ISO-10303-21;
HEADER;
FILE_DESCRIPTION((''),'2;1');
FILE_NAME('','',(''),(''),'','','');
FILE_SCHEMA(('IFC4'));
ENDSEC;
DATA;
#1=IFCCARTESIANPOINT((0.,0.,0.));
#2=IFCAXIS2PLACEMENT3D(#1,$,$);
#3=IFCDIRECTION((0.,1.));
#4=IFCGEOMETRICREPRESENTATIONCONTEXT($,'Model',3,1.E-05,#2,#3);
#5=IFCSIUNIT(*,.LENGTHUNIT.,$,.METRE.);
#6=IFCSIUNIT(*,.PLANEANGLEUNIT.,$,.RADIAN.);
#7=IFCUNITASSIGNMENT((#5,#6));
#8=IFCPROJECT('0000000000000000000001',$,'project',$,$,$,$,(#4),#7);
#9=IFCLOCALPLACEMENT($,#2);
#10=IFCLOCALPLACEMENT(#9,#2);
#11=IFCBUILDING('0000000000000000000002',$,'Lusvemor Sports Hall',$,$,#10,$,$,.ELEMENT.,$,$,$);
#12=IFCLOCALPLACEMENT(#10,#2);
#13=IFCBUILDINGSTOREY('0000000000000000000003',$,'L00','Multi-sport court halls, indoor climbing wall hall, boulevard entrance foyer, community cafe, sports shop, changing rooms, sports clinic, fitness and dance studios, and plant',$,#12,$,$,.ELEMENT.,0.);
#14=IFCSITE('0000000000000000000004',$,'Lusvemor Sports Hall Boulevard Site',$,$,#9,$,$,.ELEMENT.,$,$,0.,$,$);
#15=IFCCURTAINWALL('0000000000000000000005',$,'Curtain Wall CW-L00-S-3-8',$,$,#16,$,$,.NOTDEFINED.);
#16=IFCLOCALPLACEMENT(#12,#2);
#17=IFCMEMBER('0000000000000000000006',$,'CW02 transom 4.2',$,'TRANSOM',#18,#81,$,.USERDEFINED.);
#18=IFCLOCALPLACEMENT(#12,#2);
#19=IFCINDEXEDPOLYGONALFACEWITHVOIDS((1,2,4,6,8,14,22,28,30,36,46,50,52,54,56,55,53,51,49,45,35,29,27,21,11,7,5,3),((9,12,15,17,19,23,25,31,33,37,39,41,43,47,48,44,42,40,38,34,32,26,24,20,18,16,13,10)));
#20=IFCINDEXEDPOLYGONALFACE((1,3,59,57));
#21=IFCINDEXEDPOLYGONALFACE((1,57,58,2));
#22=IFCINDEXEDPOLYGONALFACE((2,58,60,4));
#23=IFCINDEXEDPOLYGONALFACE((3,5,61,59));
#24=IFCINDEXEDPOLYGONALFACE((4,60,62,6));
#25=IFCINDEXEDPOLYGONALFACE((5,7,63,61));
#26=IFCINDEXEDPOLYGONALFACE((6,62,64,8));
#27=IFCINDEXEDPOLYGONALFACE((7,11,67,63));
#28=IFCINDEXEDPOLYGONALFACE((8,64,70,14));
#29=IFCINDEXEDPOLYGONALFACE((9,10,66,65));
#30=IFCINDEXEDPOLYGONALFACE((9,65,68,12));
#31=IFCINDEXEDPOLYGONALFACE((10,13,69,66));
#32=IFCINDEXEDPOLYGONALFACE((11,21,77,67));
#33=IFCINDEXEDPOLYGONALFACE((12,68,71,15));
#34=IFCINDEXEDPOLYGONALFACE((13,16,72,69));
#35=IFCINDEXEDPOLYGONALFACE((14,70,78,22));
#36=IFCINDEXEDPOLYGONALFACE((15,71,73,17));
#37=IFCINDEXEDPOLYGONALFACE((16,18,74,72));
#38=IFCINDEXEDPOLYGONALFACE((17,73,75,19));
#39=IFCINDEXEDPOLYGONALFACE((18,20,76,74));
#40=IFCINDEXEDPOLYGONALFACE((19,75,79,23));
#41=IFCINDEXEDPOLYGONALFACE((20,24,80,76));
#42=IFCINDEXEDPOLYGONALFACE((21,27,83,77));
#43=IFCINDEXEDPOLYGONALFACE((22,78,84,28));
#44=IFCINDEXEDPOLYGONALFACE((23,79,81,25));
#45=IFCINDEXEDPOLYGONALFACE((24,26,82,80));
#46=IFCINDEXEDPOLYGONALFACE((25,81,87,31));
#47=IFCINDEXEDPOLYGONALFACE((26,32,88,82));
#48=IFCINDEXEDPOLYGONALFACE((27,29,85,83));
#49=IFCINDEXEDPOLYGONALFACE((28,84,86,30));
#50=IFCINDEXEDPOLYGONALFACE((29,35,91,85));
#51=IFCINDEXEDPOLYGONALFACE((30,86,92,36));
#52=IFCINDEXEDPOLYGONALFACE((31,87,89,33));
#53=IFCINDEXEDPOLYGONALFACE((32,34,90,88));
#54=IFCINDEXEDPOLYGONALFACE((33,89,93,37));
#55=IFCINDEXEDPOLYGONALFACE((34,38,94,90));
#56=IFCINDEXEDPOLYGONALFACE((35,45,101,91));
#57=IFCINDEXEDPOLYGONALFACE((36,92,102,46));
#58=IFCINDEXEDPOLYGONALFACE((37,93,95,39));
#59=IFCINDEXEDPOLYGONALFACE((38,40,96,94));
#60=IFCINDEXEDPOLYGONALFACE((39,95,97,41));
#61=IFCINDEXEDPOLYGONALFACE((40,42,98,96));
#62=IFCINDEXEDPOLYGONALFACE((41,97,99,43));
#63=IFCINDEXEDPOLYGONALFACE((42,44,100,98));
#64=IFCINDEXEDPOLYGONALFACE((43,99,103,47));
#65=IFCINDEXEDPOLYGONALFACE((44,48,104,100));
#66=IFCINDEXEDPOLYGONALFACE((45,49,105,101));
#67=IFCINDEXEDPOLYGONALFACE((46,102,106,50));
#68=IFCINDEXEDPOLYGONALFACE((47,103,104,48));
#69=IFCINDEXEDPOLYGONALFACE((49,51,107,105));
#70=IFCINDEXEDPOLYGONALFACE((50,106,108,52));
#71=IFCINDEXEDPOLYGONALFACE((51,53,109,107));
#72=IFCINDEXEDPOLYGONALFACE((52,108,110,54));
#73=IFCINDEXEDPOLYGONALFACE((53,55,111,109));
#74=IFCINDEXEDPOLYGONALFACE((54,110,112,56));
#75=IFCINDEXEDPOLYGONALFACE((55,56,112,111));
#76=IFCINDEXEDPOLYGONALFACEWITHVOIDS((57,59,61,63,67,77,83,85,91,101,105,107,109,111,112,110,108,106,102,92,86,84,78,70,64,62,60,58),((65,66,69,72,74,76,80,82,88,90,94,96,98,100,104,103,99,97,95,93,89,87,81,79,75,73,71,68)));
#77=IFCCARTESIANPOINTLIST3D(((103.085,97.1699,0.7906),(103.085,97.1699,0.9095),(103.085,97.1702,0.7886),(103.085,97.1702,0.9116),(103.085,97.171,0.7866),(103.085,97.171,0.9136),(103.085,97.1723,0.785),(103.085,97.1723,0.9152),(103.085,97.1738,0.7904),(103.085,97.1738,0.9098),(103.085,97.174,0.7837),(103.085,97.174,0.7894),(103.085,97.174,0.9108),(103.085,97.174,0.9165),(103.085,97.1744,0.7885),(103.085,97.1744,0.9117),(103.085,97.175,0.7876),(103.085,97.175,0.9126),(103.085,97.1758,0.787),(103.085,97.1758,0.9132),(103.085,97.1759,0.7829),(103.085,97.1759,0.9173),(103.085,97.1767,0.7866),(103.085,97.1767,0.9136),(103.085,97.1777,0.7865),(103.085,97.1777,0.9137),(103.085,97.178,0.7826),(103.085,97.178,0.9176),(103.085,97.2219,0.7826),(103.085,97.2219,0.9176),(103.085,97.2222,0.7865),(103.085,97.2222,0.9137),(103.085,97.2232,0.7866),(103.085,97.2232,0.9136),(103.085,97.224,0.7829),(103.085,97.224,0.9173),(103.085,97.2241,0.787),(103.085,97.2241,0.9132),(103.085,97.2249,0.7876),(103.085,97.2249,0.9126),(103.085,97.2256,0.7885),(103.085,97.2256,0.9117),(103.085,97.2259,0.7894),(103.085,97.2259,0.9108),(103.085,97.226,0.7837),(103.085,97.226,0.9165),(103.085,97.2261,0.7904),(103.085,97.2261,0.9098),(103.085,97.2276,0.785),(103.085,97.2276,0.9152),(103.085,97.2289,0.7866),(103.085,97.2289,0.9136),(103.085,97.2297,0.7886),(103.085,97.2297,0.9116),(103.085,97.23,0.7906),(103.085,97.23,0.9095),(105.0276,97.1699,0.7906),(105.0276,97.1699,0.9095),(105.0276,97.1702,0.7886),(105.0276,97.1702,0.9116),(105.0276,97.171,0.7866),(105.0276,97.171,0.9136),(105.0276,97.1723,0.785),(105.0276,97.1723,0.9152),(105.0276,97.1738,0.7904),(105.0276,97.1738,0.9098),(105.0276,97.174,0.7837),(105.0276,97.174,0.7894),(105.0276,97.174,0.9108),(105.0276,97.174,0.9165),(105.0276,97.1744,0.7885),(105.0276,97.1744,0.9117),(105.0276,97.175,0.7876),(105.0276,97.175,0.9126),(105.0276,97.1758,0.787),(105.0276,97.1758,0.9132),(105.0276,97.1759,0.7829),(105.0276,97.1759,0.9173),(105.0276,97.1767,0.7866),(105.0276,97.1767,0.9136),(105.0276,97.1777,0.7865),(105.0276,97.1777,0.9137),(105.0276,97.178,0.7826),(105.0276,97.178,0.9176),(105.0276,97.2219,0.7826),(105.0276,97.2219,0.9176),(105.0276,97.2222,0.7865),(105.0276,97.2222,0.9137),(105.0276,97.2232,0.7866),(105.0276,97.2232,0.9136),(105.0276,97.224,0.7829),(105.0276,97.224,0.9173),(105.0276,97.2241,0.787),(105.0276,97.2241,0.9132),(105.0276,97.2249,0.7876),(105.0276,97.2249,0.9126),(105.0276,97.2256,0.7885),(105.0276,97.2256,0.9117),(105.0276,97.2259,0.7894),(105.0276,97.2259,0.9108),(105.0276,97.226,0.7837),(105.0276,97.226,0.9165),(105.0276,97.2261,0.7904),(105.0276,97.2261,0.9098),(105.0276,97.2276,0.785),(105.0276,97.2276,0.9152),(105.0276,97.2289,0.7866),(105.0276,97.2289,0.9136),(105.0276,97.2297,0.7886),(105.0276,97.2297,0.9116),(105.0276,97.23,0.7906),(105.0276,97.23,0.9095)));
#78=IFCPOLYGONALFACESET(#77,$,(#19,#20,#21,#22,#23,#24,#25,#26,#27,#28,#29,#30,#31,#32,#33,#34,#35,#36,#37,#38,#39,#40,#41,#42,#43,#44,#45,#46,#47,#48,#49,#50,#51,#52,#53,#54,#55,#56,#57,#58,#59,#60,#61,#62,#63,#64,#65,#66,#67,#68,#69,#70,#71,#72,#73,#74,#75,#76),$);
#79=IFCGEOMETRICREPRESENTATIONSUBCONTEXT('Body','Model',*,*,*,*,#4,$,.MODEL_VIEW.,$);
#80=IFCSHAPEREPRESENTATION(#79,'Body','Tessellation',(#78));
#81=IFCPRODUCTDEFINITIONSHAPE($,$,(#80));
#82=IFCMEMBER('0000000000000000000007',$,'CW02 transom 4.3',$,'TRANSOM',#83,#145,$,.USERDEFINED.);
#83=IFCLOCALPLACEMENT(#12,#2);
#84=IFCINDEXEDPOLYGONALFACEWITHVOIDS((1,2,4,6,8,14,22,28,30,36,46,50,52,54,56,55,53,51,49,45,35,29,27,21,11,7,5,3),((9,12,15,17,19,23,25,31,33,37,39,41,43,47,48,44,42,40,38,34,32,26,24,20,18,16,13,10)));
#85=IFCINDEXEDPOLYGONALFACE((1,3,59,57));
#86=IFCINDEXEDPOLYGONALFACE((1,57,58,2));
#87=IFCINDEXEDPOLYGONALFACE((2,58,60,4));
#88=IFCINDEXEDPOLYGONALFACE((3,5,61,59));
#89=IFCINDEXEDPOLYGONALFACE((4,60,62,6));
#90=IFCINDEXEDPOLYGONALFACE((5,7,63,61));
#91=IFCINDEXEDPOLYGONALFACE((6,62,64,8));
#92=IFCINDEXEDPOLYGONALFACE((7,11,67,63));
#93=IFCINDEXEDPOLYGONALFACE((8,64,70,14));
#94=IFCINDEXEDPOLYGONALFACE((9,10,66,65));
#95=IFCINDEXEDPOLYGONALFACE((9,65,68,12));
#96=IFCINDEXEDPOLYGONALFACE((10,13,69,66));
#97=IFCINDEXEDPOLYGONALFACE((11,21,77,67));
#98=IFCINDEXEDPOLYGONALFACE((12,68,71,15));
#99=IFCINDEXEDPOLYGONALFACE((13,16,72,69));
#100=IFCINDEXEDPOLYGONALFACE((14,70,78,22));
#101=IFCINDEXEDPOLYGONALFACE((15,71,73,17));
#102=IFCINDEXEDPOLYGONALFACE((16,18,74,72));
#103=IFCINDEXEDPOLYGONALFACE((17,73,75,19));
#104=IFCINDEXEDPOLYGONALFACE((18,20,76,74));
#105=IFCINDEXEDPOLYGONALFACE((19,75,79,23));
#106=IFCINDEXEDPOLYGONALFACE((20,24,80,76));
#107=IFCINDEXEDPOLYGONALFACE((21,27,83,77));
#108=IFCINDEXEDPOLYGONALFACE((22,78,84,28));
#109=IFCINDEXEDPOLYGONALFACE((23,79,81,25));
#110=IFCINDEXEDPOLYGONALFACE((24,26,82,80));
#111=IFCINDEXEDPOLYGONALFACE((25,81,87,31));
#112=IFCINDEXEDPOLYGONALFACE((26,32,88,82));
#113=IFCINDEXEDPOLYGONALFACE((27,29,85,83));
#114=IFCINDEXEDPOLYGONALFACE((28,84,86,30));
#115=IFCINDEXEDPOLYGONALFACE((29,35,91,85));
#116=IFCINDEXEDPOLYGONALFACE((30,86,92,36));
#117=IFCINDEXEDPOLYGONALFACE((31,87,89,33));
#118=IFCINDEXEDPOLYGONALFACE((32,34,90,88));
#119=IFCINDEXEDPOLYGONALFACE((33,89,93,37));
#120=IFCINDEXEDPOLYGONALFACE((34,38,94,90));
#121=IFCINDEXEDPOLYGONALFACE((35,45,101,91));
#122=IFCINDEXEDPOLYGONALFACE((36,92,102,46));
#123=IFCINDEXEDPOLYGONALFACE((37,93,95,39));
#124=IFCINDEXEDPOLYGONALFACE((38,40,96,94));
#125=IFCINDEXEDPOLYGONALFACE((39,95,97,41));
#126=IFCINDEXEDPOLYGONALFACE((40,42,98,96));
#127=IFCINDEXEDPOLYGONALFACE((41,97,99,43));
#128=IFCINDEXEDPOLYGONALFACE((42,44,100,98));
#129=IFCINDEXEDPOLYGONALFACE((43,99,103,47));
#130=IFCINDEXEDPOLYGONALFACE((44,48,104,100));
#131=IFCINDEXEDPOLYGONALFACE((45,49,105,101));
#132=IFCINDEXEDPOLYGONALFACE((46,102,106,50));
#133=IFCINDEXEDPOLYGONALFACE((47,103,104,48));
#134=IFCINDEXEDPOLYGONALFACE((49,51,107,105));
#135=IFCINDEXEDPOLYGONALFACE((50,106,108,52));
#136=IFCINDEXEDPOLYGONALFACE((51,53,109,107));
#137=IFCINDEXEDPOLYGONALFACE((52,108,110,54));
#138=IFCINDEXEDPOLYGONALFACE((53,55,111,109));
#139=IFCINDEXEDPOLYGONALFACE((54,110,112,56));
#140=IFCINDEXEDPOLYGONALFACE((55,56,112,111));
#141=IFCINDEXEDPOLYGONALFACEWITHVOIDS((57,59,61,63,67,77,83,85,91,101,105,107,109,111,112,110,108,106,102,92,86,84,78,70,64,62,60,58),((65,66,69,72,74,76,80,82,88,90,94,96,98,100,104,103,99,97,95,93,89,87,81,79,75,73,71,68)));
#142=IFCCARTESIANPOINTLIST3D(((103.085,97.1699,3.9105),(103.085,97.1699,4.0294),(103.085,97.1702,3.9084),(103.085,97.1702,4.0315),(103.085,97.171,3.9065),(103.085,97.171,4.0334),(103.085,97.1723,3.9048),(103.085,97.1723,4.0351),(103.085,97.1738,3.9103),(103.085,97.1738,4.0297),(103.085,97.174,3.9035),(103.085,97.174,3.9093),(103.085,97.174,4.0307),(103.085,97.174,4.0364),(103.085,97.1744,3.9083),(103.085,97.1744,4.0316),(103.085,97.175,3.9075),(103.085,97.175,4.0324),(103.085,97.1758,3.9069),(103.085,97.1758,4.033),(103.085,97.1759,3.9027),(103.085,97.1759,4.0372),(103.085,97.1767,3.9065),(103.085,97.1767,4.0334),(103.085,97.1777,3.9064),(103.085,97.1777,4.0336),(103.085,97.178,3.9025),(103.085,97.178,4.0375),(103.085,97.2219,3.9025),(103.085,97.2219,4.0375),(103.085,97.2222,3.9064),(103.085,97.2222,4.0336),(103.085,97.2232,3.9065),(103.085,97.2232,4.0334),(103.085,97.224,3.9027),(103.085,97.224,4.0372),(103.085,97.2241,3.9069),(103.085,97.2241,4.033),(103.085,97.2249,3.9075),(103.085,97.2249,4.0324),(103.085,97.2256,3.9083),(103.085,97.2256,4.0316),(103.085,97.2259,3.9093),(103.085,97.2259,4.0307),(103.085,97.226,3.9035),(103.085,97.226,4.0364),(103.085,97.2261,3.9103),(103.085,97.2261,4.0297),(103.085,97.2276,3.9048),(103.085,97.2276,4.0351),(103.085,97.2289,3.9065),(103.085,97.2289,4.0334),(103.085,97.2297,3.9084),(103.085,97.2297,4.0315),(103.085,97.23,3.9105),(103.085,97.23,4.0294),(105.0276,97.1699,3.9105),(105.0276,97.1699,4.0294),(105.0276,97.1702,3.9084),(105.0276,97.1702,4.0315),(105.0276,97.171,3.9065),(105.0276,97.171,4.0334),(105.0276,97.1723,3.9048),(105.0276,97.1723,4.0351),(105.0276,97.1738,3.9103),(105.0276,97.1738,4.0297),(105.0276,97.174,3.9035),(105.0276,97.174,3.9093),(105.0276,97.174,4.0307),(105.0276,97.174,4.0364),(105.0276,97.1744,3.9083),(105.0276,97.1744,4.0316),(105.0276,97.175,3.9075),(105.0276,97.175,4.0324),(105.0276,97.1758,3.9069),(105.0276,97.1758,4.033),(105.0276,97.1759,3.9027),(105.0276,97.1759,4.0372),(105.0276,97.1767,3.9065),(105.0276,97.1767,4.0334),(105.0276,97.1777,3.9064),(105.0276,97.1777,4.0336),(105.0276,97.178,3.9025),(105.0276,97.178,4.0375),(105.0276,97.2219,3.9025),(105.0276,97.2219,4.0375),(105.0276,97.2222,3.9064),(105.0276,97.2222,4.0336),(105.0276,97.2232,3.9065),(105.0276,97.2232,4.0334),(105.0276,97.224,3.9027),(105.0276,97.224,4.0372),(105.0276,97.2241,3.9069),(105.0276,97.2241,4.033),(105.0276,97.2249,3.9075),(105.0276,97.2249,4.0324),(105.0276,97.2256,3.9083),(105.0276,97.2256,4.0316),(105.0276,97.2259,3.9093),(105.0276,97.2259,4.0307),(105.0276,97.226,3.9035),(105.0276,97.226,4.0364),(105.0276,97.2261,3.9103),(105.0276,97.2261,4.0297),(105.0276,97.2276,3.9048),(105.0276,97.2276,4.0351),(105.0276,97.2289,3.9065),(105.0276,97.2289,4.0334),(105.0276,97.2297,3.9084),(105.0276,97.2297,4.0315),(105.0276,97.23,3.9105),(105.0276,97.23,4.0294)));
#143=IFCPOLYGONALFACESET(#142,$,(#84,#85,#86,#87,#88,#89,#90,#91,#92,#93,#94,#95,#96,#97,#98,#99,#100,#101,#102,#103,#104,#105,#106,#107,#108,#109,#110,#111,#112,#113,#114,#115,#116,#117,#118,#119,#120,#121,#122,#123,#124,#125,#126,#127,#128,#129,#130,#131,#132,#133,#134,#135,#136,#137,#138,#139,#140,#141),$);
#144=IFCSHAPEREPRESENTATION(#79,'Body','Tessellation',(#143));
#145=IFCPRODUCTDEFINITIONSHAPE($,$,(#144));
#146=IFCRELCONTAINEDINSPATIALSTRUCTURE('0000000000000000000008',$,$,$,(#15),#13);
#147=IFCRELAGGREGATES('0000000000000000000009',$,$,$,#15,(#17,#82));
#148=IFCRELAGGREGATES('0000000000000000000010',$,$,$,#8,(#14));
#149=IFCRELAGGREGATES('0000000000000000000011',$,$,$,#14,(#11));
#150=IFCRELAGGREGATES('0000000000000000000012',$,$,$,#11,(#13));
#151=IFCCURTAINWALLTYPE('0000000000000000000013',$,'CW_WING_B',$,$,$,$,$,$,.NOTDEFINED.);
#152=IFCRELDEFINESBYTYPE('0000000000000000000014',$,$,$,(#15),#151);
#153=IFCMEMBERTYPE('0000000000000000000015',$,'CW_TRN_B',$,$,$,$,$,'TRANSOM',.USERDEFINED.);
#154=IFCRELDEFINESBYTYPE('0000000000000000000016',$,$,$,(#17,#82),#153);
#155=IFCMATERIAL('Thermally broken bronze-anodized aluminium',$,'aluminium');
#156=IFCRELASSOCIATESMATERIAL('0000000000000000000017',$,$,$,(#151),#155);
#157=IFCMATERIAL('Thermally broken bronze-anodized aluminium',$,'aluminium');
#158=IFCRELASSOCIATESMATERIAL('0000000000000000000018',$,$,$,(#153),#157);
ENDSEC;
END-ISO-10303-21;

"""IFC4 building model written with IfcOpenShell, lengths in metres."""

from ifc_helpers import new_model, si_unit, direction, frame, origin, origin_2d, place, context, subcontext, project, spatial, hollow_rectangle, extrude, material, material_profile, profile_set, type_object, element, aggregate, save


model = new_model("IFC4")

# Units and contexts
model_context = context("Model", 3, precision=1e-05, world=origin(), true_north=direction((0.0, 1.0)))
body_context = subcontext(model_context, "Body", "Model", "MODEL_VIEW")
ifc_project = project(units=[si_unit("LENGTHUNIT", "METRE"), si_unit("PLANEANGLEUNIT", "RADIAN")], contexts=[model_context])

# Site, building, storey
site_placement = place(None, origin())
site = spatial("IfcSite", under=ifc_project, at=site_placement, Name="Lusvemor Sports Hall Boulevard Site", CompositionType="ELEMENT", RefElevation=0.0)
building_placement = place(site_placement, origin())
building = spatial("IfcBuilding", under=site, at=building_placement, Name="Lusvemor Sports Hall", CompositionType="ELEMENT")
storey_placement = place(building_placement, origin())
storey = spatial("IfcBuildingStorey", under=building, at=storey_placement, Name="L00", Description="Multi-sport court halls, indoor climbing wall hall, boulevard entrance foyer, community cafe, sports shop, changing rooms, sports clinic, fitness and dance studios, and plant", CompositionType="ELEMENT", Elevation=0.0)

# Curtain wall
ifc_material_1 = material(Name="Thermally broken bronze-anodized aluminium", Category="aluminium")
curtain_wall_type = type_object("IfcCurtainWallType", Name="CW_WING_B", PredefinedType="NOTDEFINED", material=ifc_material_1)
curtain_wall_1_placement = place(storey_placement, origin())
curtain_wall_1 = element("IfcCurtainWall", 1, at=curtain_wall_1_placement, inside=storey, type_object=curtain_wall_type, Name="Curtain Wall CW-L00-S-3-8", PredefinedType="NOTDEFINED")

# Members
ifc_material_2 = material(Name="Thermally broken bronze-anodized aluminium", Category="aluminium")
ifc_material_profile_1 = material_profile(ifc_material_2, hollow_rectangle(XDim=0.0601, YDim=0.135, WallThickness=0.0039, InnerFilletRadius=0.0039, OuterFilletRadius=0.0081, at=origin_2d()), Name="CWTRN135x60x4")
ifc_profile_set_1 = profile_set([ifc_material_profile_1], Name="Thermally broken bronze-anodized aluminium")
member_type_1 = type_object("IfcMemberType", Name="CW_TRN_B", ElementType="TRANSOM", PredefinedType="USERDEFINED", material=ifc_profile_set_1)
member_1_placement = place(storey_placement, frame((105.0276, 97.2, 0.8501), z_axis=(-1.0, 0.0, 0.0), x_axis=(0.0, -1.0, 0.0)))
member_1 = element("IfcMember", 2, at=member_1_placement, type_object=member_type_1, Name="CW02 transom 4.2", ObjectType="TRANSOM", PredefinedType="USERDEFINED", context=body_context, shape_type="SweptSolid", body=[
    extrude(hollow_rectangle(XDim=0.0601, YDim=0.135, WallThickness=0.0039, InnerFilletRadius=0.0039, OuterFilletRadius=0.0081, at=origin_2d()), origin(), (0.0, 0.0, 1.0), 1.9426),
])
member_2_placement = place(storey_placement, frame((105.0276, 97.2, 3.97), z_axis=(-1.0, 0.0, 0.0), x_axis=(0.0, -1.0, 0.0)))
member_2 = element("IfcMember", 3, at=member_2_placement, type_object=member_type_1, Name="CW02 transom 4.3", ObjectType="TRANSOM", PredefinedType="USERDEFINED", context=body_context, shape_type="SweptSolid", body=[
    extrude(hollow_rectangle(XDim=0.0601, YDim=0.135, WallThickness=0.0039, InnerFilletRadius=0.0039, OuterFilletRadius=0.0081, at=origin_2d()), origin(), (0.0, 0.0, 1.0), 1.9426),
])

aggregate(curtain_wall_1, [member_1, member_2])

save(model, "model.ifc")
